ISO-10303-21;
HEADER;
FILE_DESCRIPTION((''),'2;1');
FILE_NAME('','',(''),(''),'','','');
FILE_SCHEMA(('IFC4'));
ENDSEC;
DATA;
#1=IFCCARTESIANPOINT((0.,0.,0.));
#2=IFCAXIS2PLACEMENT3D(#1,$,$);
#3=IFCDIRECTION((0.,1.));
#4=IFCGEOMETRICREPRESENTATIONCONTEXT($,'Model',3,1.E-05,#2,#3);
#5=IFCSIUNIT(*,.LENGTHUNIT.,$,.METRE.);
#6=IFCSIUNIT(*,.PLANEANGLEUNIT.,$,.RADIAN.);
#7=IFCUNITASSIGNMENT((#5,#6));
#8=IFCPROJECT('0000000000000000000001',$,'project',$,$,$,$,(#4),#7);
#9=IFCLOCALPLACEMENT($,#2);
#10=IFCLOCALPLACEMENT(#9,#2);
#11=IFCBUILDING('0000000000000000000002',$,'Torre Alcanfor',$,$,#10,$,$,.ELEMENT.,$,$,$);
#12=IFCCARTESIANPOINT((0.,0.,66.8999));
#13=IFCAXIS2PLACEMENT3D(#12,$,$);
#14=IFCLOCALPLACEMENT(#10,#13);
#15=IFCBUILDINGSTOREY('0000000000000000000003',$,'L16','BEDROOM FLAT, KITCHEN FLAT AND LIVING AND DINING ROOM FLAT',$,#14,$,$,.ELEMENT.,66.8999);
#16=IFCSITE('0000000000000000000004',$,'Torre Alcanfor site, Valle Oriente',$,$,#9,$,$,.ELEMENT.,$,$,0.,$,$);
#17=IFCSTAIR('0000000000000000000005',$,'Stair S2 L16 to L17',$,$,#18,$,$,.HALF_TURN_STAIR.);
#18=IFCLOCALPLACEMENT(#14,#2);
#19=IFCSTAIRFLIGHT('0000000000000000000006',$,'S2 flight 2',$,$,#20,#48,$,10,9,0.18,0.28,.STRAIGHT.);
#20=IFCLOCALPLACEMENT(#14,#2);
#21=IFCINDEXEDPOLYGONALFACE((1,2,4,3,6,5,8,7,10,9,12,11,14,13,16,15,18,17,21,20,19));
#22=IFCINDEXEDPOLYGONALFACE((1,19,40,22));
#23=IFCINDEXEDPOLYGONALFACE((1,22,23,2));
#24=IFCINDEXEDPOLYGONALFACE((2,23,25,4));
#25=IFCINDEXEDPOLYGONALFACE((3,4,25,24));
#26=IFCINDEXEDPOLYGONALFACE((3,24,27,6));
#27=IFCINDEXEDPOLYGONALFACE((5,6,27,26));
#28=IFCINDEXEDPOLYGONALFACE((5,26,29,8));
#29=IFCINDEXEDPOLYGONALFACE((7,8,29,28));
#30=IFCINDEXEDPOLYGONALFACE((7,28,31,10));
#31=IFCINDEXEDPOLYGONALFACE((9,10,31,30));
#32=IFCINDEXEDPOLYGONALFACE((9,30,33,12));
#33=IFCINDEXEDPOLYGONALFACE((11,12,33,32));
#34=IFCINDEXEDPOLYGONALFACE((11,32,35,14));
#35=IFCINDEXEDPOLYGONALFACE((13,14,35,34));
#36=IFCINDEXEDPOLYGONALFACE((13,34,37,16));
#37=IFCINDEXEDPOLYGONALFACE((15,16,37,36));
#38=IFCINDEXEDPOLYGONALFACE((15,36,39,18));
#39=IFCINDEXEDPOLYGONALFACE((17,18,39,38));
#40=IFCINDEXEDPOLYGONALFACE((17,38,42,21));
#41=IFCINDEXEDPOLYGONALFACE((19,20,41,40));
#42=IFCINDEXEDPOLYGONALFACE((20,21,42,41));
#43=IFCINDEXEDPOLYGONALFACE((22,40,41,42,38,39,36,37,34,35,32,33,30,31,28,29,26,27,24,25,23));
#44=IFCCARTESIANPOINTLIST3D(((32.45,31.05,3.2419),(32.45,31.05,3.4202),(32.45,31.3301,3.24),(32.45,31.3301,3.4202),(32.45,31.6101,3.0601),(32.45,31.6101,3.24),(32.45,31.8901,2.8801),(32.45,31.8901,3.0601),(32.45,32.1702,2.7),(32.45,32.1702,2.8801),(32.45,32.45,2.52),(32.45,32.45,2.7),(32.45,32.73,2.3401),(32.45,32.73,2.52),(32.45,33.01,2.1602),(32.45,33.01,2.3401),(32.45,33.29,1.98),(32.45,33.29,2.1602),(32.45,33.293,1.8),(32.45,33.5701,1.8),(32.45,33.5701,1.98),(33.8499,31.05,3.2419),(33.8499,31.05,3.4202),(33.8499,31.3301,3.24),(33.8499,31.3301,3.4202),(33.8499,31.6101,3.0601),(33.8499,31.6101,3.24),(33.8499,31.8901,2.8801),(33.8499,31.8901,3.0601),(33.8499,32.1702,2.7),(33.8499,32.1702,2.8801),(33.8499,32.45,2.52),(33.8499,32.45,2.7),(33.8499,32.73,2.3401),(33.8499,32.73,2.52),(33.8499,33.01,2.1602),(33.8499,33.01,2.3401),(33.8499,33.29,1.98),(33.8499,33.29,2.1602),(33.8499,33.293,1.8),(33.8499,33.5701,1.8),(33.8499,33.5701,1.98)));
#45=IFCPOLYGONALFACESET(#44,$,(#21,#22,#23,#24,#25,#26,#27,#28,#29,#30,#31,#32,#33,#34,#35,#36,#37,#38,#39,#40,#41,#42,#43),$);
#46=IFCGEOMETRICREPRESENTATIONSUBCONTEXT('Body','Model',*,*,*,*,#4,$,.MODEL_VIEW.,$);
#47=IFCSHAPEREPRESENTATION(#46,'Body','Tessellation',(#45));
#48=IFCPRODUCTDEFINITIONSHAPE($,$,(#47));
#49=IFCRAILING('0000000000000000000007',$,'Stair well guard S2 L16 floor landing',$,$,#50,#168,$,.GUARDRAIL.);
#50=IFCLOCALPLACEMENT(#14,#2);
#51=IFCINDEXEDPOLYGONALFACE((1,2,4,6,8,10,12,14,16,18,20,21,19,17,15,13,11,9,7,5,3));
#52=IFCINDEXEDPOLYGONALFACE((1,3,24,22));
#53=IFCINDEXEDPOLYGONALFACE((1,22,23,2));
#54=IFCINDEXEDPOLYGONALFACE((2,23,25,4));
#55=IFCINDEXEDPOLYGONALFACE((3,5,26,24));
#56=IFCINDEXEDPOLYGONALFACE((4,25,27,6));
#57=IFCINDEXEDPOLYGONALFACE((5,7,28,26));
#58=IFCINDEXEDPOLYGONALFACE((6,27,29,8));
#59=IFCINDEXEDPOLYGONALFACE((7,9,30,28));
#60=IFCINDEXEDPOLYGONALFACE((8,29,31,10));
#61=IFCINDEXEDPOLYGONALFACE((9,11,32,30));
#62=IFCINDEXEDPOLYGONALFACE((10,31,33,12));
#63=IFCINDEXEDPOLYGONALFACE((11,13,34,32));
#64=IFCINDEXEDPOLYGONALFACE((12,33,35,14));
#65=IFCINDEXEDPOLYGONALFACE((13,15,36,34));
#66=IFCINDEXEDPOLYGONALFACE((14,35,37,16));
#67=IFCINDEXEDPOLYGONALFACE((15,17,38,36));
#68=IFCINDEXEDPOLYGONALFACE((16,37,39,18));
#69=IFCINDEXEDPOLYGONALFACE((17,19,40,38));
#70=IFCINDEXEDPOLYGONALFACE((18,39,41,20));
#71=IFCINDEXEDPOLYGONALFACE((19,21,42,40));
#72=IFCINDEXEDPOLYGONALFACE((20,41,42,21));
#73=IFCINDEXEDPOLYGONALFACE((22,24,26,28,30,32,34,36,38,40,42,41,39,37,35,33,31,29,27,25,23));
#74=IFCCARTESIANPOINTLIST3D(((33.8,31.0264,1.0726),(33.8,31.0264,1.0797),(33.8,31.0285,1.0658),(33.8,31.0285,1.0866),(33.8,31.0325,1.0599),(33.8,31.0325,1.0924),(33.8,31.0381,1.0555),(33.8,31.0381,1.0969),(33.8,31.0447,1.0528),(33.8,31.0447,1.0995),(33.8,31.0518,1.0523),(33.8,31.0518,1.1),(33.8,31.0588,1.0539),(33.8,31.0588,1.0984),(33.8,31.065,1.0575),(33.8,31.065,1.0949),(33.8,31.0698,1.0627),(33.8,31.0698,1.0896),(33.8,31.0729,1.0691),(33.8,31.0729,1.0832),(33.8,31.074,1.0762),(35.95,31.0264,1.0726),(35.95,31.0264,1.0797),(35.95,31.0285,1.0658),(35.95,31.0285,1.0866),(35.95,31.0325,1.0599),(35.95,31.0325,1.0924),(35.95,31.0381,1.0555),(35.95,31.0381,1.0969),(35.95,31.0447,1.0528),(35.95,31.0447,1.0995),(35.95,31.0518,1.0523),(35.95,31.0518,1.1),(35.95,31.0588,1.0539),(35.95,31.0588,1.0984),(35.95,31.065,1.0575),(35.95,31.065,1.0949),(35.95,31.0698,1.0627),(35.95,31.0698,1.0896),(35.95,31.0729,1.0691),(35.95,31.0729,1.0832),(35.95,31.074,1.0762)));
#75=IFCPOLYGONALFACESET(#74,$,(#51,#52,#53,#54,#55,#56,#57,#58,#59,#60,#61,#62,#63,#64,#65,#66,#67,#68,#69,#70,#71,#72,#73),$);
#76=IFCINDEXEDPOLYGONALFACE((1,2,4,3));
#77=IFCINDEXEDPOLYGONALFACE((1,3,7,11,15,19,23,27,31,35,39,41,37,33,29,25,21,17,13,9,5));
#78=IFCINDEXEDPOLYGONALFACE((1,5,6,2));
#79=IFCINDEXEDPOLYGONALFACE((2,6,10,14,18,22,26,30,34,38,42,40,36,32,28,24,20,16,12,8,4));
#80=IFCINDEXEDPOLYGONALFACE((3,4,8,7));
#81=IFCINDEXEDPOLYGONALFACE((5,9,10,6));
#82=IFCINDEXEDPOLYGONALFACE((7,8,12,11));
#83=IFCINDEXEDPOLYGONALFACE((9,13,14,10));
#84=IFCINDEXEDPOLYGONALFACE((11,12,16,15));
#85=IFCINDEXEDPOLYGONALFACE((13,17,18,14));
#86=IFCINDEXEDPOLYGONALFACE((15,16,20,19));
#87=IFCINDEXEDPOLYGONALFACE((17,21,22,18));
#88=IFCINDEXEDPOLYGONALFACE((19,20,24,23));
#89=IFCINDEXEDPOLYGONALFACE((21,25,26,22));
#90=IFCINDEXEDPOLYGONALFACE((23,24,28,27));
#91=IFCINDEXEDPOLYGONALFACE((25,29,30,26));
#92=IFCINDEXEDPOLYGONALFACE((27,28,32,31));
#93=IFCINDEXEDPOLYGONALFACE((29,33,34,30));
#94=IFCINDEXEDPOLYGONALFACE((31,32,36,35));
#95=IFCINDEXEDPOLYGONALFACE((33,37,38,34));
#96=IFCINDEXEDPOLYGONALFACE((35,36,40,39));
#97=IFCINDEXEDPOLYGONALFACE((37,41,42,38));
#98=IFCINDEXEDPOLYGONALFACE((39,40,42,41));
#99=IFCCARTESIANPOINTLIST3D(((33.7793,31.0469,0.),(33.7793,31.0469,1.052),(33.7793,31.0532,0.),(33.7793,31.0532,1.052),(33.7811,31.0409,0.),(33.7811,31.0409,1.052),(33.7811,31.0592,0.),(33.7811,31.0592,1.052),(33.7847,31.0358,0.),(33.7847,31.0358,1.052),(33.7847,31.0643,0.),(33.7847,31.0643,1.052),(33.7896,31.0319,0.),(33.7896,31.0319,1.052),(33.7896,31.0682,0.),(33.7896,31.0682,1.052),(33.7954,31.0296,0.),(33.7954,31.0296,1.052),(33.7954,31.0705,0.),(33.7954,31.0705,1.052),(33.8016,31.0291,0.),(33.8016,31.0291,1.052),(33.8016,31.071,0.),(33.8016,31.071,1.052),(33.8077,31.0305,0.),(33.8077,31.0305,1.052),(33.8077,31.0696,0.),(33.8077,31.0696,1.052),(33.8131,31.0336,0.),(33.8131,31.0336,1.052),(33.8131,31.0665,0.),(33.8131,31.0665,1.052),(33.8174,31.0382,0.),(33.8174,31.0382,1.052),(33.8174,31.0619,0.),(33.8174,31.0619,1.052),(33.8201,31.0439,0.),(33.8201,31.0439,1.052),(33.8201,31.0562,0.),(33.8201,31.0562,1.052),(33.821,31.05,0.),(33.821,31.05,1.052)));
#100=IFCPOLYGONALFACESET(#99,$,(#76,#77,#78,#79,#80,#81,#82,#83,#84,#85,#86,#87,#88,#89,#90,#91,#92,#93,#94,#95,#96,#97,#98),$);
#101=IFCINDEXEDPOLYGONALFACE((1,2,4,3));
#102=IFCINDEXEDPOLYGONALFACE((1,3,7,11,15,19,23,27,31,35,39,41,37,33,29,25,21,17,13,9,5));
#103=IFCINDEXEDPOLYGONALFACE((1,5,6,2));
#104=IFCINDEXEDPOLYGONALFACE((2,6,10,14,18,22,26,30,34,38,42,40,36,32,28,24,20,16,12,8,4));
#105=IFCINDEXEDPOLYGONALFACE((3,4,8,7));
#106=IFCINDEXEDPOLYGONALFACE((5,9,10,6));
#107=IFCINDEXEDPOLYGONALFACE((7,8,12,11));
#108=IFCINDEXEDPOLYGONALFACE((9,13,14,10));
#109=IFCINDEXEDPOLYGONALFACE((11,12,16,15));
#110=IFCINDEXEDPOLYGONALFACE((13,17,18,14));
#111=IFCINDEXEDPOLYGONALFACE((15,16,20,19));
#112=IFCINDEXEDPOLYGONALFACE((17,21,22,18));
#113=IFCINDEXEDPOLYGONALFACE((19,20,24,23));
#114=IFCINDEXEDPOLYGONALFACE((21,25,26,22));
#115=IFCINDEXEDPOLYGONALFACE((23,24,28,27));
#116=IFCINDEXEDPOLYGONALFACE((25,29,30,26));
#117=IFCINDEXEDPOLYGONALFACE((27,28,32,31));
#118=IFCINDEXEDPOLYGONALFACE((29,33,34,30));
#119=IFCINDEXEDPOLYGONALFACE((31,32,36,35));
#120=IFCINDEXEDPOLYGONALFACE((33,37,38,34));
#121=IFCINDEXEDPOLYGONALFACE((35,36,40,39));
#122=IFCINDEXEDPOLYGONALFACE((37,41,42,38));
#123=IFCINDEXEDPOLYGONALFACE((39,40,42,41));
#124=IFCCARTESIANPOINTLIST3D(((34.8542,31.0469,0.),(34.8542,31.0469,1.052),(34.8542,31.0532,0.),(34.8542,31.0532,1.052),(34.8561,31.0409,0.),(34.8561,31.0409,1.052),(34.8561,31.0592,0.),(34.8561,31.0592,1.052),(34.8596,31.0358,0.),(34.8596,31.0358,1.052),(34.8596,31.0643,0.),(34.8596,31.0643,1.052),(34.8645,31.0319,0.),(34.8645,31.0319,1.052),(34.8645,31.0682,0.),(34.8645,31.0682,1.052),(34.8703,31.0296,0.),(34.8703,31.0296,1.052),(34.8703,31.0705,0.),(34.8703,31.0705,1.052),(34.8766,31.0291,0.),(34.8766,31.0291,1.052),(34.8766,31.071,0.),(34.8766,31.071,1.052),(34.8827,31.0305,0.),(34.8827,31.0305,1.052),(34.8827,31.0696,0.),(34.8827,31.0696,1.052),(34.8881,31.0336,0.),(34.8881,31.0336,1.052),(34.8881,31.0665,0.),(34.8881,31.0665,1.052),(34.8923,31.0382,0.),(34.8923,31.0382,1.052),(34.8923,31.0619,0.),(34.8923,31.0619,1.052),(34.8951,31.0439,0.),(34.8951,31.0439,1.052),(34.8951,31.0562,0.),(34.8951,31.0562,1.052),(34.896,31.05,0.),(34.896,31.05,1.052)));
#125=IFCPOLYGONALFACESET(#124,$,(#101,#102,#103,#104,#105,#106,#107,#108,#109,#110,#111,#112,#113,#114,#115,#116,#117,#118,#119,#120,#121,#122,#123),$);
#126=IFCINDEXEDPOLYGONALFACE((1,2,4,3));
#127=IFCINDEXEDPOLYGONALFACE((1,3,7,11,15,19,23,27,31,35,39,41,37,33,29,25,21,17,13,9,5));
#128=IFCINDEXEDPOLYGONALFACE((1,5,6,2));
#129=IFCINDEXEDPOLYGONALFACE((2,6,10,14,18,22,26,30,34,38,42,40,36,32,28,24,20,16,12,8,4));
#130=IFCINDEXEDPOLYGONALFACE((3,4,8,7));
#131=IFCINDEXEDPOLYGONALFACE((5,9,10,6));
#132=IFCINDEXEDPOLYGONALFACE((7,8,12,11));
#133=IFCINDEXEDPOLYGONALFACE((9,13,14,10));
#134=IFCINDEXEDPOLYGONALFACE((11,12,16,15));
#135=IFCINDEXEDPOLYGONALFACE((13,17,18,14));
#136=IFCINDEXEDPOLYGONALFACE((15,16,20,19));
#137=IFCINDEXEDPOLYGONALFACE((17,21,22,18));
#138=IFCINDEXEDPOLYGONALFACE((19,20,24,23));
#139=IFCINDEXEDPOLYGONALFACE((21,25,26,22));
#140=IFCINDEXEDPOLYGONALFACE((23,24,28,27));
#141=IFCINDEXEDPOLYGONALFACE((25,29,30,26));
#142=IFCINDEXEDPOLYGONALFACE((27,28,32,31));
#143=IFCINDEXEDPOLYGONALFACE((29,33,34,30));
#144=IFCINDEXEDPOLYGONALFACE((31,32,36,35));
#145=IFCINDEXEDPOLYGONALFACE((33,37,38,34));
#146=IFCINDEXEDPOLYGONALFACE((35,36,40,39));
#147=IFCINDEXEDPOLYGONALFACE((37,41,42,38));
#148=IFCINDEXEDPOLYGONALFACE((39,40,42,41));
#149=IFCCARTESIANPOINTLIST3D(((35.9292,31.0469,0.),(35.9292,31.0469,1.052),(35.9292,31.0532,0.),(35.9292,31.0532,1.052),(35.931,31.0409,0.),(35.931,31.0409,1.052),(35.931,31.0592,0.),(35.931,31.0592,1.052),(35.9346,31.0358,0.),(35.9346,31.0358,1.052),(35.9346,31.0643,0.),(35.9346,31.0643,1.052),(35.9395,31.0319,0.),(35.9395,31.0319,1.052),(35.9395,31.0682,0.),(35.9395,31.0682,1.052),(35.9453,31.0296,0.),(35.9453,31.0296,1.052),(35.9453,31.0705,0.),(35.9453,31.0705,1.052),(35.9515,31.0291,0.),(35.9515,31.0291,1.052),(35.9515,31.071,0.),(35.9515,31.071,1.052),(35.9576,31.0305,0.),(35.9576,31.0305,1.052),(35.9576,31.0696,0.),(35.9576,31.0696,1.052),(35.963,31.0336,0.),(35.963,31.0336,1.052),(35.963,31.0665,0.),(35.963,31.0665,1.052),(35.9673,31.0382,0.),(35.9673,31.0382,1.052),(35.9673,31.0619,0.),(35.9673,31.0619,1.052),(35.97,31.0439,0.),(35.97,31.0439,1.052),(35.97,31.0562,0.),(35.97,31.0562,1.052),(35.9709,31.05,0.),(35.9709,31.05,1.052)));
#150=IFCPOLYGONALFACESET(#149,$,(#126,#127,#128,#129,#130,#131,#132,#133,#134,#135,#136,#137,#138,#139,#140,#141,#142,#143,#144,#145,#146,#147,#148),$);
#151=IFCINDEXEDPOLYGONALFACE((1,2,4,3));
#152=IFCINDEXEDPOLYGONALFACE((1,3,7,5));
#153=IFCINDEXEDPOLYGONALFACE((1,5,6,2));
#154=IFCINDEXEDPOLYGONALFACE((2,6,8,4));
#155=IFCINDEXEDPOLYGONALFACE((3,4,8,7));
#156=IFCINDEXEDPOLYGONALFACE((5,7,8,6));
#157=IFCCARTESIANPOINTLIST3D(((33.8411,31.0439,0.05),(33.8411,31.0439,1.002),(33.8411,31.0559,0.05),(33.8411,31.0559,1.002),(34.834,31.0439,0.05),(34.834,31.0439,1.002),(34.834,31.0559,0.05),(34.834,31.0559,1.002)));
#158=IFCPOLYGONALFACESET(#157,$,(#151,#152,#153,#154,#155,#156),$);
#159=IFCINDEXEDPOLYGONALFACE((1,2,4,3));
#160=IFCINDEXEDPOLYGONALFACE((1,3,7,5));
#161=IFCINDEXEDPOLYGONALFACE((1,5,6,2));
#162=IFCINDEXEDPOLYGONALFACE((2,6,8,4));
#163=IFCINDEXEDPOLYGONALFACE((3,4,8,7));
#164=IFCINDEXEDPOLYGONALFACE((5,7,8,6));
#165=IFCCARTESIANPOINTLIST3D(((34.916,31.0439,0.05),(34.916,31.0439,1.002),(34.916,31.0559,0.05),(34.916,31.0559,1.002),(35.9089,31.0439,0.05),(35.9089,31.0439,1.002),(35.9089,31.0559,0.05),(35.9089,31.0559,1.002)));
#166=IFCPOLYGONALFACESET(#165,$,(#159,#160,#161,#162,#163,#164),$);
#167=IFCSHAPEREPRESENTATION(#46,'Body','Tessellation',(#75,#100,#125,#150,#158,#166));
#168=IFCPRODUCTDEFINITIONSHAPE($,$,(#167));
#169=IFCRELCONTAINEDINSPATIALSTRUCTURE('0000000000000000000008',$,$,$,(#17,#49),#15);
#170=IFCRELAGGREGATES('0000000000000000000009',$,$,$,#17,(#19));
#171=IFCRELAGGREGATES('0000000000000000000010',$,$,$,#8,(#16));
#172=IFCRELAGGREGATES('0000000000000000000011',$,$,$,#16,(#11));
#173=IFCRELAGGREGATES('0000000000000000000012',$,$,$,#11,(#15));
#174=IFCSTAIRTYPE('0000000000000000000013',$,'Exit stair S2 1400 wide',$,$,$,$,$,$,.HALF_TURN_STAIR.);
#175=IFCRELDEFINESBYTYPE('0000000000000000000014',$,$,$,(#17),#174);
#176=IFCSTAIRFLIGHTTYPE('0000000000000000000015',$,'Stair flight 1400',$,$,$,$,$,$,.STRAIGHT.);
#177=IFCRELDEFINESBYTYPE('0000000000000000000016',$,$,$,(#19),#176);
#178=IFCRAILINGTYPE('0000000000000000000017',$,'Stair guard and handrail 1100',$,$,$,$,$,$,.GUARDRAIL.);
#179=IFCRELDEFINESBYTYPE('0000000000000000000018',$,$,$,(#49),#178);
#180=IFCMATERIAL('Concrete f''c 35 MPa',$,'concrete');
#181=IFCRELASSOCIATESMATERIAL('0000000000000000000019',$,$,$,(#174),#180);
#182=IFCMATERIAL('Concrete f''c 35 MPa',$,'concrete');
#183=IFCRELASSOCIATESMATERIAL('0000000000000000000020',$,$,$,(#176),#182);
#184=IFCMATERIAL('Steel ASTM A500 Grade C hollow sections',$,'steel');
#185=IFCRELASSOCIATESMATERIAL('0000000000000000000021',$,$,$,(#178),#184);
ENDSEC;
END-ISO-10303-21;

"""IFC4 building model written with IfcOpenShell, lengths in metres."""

from ifc_helpers import new_model, si_unit, direction, frame, origin, origin_2d, place, context, subcontext, project, spatial, polyline, circle, outline, extrude, material, type_object, element, aggregate, save


model = new_model("IFC4")

# Units and contexts
model_context = context("Model", 3, precision=1e-05, world=origin(), true_north=direction((0.0, 1.0)))
body_context = subcontext(model_context, "Body", "Model", "MODEL_VIEW")
ifc_project = project(units=[si_unit("LENGTHUNIT", "METRE"), si_unit("PLANEANGLEUNIT", "RADIAN")], contexts=[model_context])

# Site, building, storey
site_placement = place(None, origin())
site = spatial("IfcSite", under=ifc_project, at=site_placement, Name="Torre Alcanfor site, Valle Oriente", CompositionType="ELEMENT", RefElevation=0.0)
building_placement = place(site_placement, origin())
building = spatial("IfcBuilding", under=site, at=building_placement, Name="Torre Alcanfor", CompositionType="ELEMENT")
storey_placement = place(building_placement, frame((0.0, 0.0, 66.8999)))
storey = spatial("IfcBuildingStorey", under=building, at=storey_placement, Name="L16", Description="BEDROOM FLAT, KITCHEN FLAT AND LIVING AND DINING ROOM FLAT", CompositionType="ELEMENT", Elevation=66.8999)

# Stair, stair flight
ifc_material_1 = material(Name="Concrete f'c 35 MPa", Category="concrete")
stair_type = type_object("IfcStairType", Name="Exit stair S2 1400 wide", PredefinedType="HALF_TURN_STAIR", material=ifc_material_1)
stair_placement = place(storey_placement, origin())
stair = element("IfcStair", 1, at=stair_placement, inside=storey, type_object=stair_type, Name="Stair S2 L16 to L17", PredefinedType="HALF_TURN_STAIR")
ifc_material_2 = material(Name="Concrete f'c 35 MPa", Category="concrete")
stair_flight_type = type_object("IfcStairFlightType", Name="Stair flight 1400", PredefinedType="STRAIGHT", material=ifc_material_2)
stair_flight_1_placement = place(storey_placement, frame((33.1499, 33.5701, 1.8), z_axis=(0.0, 0.0, 1.0), x_axis=(0.0, -1.0, 0.0)))
stair_flight_1 = element("IfcStairFlight", 2, at=stair_flight_1_placement, type_object=stair_flight_type, Name="S2 flight 2", NumberOfRisers=10, NumberOfTreads=9, PredefinedType="STRAIGHT", RiserHeight=0.18, TreadLength=0.28, context=body_context, shape_type="SweptSolid", body=[
    extrude(outline(polyline([(0.0, 0.0), (0.0, 0.1799), (0.28, 0.1799), (0.28, 0.3601), (0.5601, 0.3601), (0.5601, 0.54), (0.8401, 0.54), (0.8401, 0.72), (1.1201, 0.72), (1.1201, 0.8999), (1.3999, 0.8999), (1.3999, 1.0801), (1.6799, 1.0801), (1.6799, 1.26), (1.96, 1.26), (1.96, 1.4399), (2.24, 1.4399), (2.24, 1.6201), (2.52, 1.6201), (2.52, 1.8), (2.52, 1.4419), (0.2771, 0.0), (0.0, 0.0)])), frame((0.0, 0.7, 0.0), z_axis=(0.0, -1.0, 0.0), x_axis=(1.0, 0.0, 0.0)), (0.0, 0.0, 1.0), 1.3999),
])
aggregate(stair, [stair_flight_1])

# Railing
ifc_material_3 = material(Name="Steel ASTM A500 Grade C hollow sections", Category="steel")
railing_type_1 = type_object("IfcRailingType", Name="Stair guard and handrail 1100", PredefinedType="GUARDRAIL", material=ifc_material_3)
for number, where, name in (
    (3, (33.8, 31.05, 0.0), "Stair well guard S2 L16 floor landing"),
):
    element("IfcRailing", number, at=place(storey_placement, frame(where)), inside=storey, type_object=railing_type_1, Name=name, PredefinedType="GUARDRAIL", context=body_context, shape_type="SweptSolid", body=[
        extrude(circle(Radius=0.0239, at=origin_2d()), frame((0.0, 0.0, 1.0762), z_axis=(1.0, 0.0, 0.0), x_axis=(0.0, 1.0, 0.0)), (0.0, 0.0, 1.0), 2.1499),
        extrude(circle(Radius=0.021, at=origin_2d()), origin(), (0.0, 0.0, 1.0), 1.052),
        extrude(circle(Radius=0.021, at=origin_2d()), frame((1.075, 0.0, 0.0)), (0.0, 0.0, 1.0), 1.052),
        extrude(circle(Radius=0.021, at=origin_2d()), frame((2.1499, 0.0, 0.0)), (0.0, 0.0, 1.0), 1.052),
        extrude(outline(polyline([(0.041, 0.05), (1.0339, 0.05), (1.0339, 1.002), (0.041, 1.002), (0.041, 0.05)])), frame((0.0, 0.0059, 0.0), z_axis=(0.0, -1.0, 0.0), x_axis=(1.0, 0.0, 0.0)), (0.0, 0.0, 1.0), 0.012),
        extrude(outline(polyline([(1.116, 0.05), (2.1089, 0.05), (2.1089, 1.002), (1.116, 1.002), (1.116, 0.05)])), frame((0.0, 0.0059, 0.0), z_axis=(0.0, -1.0, 0.0), x_axis=(1.0, 0.0, 0.0)), (0.0, 0.0, 1.0), 0.012),
    ])

save(model, "model.ifc")
